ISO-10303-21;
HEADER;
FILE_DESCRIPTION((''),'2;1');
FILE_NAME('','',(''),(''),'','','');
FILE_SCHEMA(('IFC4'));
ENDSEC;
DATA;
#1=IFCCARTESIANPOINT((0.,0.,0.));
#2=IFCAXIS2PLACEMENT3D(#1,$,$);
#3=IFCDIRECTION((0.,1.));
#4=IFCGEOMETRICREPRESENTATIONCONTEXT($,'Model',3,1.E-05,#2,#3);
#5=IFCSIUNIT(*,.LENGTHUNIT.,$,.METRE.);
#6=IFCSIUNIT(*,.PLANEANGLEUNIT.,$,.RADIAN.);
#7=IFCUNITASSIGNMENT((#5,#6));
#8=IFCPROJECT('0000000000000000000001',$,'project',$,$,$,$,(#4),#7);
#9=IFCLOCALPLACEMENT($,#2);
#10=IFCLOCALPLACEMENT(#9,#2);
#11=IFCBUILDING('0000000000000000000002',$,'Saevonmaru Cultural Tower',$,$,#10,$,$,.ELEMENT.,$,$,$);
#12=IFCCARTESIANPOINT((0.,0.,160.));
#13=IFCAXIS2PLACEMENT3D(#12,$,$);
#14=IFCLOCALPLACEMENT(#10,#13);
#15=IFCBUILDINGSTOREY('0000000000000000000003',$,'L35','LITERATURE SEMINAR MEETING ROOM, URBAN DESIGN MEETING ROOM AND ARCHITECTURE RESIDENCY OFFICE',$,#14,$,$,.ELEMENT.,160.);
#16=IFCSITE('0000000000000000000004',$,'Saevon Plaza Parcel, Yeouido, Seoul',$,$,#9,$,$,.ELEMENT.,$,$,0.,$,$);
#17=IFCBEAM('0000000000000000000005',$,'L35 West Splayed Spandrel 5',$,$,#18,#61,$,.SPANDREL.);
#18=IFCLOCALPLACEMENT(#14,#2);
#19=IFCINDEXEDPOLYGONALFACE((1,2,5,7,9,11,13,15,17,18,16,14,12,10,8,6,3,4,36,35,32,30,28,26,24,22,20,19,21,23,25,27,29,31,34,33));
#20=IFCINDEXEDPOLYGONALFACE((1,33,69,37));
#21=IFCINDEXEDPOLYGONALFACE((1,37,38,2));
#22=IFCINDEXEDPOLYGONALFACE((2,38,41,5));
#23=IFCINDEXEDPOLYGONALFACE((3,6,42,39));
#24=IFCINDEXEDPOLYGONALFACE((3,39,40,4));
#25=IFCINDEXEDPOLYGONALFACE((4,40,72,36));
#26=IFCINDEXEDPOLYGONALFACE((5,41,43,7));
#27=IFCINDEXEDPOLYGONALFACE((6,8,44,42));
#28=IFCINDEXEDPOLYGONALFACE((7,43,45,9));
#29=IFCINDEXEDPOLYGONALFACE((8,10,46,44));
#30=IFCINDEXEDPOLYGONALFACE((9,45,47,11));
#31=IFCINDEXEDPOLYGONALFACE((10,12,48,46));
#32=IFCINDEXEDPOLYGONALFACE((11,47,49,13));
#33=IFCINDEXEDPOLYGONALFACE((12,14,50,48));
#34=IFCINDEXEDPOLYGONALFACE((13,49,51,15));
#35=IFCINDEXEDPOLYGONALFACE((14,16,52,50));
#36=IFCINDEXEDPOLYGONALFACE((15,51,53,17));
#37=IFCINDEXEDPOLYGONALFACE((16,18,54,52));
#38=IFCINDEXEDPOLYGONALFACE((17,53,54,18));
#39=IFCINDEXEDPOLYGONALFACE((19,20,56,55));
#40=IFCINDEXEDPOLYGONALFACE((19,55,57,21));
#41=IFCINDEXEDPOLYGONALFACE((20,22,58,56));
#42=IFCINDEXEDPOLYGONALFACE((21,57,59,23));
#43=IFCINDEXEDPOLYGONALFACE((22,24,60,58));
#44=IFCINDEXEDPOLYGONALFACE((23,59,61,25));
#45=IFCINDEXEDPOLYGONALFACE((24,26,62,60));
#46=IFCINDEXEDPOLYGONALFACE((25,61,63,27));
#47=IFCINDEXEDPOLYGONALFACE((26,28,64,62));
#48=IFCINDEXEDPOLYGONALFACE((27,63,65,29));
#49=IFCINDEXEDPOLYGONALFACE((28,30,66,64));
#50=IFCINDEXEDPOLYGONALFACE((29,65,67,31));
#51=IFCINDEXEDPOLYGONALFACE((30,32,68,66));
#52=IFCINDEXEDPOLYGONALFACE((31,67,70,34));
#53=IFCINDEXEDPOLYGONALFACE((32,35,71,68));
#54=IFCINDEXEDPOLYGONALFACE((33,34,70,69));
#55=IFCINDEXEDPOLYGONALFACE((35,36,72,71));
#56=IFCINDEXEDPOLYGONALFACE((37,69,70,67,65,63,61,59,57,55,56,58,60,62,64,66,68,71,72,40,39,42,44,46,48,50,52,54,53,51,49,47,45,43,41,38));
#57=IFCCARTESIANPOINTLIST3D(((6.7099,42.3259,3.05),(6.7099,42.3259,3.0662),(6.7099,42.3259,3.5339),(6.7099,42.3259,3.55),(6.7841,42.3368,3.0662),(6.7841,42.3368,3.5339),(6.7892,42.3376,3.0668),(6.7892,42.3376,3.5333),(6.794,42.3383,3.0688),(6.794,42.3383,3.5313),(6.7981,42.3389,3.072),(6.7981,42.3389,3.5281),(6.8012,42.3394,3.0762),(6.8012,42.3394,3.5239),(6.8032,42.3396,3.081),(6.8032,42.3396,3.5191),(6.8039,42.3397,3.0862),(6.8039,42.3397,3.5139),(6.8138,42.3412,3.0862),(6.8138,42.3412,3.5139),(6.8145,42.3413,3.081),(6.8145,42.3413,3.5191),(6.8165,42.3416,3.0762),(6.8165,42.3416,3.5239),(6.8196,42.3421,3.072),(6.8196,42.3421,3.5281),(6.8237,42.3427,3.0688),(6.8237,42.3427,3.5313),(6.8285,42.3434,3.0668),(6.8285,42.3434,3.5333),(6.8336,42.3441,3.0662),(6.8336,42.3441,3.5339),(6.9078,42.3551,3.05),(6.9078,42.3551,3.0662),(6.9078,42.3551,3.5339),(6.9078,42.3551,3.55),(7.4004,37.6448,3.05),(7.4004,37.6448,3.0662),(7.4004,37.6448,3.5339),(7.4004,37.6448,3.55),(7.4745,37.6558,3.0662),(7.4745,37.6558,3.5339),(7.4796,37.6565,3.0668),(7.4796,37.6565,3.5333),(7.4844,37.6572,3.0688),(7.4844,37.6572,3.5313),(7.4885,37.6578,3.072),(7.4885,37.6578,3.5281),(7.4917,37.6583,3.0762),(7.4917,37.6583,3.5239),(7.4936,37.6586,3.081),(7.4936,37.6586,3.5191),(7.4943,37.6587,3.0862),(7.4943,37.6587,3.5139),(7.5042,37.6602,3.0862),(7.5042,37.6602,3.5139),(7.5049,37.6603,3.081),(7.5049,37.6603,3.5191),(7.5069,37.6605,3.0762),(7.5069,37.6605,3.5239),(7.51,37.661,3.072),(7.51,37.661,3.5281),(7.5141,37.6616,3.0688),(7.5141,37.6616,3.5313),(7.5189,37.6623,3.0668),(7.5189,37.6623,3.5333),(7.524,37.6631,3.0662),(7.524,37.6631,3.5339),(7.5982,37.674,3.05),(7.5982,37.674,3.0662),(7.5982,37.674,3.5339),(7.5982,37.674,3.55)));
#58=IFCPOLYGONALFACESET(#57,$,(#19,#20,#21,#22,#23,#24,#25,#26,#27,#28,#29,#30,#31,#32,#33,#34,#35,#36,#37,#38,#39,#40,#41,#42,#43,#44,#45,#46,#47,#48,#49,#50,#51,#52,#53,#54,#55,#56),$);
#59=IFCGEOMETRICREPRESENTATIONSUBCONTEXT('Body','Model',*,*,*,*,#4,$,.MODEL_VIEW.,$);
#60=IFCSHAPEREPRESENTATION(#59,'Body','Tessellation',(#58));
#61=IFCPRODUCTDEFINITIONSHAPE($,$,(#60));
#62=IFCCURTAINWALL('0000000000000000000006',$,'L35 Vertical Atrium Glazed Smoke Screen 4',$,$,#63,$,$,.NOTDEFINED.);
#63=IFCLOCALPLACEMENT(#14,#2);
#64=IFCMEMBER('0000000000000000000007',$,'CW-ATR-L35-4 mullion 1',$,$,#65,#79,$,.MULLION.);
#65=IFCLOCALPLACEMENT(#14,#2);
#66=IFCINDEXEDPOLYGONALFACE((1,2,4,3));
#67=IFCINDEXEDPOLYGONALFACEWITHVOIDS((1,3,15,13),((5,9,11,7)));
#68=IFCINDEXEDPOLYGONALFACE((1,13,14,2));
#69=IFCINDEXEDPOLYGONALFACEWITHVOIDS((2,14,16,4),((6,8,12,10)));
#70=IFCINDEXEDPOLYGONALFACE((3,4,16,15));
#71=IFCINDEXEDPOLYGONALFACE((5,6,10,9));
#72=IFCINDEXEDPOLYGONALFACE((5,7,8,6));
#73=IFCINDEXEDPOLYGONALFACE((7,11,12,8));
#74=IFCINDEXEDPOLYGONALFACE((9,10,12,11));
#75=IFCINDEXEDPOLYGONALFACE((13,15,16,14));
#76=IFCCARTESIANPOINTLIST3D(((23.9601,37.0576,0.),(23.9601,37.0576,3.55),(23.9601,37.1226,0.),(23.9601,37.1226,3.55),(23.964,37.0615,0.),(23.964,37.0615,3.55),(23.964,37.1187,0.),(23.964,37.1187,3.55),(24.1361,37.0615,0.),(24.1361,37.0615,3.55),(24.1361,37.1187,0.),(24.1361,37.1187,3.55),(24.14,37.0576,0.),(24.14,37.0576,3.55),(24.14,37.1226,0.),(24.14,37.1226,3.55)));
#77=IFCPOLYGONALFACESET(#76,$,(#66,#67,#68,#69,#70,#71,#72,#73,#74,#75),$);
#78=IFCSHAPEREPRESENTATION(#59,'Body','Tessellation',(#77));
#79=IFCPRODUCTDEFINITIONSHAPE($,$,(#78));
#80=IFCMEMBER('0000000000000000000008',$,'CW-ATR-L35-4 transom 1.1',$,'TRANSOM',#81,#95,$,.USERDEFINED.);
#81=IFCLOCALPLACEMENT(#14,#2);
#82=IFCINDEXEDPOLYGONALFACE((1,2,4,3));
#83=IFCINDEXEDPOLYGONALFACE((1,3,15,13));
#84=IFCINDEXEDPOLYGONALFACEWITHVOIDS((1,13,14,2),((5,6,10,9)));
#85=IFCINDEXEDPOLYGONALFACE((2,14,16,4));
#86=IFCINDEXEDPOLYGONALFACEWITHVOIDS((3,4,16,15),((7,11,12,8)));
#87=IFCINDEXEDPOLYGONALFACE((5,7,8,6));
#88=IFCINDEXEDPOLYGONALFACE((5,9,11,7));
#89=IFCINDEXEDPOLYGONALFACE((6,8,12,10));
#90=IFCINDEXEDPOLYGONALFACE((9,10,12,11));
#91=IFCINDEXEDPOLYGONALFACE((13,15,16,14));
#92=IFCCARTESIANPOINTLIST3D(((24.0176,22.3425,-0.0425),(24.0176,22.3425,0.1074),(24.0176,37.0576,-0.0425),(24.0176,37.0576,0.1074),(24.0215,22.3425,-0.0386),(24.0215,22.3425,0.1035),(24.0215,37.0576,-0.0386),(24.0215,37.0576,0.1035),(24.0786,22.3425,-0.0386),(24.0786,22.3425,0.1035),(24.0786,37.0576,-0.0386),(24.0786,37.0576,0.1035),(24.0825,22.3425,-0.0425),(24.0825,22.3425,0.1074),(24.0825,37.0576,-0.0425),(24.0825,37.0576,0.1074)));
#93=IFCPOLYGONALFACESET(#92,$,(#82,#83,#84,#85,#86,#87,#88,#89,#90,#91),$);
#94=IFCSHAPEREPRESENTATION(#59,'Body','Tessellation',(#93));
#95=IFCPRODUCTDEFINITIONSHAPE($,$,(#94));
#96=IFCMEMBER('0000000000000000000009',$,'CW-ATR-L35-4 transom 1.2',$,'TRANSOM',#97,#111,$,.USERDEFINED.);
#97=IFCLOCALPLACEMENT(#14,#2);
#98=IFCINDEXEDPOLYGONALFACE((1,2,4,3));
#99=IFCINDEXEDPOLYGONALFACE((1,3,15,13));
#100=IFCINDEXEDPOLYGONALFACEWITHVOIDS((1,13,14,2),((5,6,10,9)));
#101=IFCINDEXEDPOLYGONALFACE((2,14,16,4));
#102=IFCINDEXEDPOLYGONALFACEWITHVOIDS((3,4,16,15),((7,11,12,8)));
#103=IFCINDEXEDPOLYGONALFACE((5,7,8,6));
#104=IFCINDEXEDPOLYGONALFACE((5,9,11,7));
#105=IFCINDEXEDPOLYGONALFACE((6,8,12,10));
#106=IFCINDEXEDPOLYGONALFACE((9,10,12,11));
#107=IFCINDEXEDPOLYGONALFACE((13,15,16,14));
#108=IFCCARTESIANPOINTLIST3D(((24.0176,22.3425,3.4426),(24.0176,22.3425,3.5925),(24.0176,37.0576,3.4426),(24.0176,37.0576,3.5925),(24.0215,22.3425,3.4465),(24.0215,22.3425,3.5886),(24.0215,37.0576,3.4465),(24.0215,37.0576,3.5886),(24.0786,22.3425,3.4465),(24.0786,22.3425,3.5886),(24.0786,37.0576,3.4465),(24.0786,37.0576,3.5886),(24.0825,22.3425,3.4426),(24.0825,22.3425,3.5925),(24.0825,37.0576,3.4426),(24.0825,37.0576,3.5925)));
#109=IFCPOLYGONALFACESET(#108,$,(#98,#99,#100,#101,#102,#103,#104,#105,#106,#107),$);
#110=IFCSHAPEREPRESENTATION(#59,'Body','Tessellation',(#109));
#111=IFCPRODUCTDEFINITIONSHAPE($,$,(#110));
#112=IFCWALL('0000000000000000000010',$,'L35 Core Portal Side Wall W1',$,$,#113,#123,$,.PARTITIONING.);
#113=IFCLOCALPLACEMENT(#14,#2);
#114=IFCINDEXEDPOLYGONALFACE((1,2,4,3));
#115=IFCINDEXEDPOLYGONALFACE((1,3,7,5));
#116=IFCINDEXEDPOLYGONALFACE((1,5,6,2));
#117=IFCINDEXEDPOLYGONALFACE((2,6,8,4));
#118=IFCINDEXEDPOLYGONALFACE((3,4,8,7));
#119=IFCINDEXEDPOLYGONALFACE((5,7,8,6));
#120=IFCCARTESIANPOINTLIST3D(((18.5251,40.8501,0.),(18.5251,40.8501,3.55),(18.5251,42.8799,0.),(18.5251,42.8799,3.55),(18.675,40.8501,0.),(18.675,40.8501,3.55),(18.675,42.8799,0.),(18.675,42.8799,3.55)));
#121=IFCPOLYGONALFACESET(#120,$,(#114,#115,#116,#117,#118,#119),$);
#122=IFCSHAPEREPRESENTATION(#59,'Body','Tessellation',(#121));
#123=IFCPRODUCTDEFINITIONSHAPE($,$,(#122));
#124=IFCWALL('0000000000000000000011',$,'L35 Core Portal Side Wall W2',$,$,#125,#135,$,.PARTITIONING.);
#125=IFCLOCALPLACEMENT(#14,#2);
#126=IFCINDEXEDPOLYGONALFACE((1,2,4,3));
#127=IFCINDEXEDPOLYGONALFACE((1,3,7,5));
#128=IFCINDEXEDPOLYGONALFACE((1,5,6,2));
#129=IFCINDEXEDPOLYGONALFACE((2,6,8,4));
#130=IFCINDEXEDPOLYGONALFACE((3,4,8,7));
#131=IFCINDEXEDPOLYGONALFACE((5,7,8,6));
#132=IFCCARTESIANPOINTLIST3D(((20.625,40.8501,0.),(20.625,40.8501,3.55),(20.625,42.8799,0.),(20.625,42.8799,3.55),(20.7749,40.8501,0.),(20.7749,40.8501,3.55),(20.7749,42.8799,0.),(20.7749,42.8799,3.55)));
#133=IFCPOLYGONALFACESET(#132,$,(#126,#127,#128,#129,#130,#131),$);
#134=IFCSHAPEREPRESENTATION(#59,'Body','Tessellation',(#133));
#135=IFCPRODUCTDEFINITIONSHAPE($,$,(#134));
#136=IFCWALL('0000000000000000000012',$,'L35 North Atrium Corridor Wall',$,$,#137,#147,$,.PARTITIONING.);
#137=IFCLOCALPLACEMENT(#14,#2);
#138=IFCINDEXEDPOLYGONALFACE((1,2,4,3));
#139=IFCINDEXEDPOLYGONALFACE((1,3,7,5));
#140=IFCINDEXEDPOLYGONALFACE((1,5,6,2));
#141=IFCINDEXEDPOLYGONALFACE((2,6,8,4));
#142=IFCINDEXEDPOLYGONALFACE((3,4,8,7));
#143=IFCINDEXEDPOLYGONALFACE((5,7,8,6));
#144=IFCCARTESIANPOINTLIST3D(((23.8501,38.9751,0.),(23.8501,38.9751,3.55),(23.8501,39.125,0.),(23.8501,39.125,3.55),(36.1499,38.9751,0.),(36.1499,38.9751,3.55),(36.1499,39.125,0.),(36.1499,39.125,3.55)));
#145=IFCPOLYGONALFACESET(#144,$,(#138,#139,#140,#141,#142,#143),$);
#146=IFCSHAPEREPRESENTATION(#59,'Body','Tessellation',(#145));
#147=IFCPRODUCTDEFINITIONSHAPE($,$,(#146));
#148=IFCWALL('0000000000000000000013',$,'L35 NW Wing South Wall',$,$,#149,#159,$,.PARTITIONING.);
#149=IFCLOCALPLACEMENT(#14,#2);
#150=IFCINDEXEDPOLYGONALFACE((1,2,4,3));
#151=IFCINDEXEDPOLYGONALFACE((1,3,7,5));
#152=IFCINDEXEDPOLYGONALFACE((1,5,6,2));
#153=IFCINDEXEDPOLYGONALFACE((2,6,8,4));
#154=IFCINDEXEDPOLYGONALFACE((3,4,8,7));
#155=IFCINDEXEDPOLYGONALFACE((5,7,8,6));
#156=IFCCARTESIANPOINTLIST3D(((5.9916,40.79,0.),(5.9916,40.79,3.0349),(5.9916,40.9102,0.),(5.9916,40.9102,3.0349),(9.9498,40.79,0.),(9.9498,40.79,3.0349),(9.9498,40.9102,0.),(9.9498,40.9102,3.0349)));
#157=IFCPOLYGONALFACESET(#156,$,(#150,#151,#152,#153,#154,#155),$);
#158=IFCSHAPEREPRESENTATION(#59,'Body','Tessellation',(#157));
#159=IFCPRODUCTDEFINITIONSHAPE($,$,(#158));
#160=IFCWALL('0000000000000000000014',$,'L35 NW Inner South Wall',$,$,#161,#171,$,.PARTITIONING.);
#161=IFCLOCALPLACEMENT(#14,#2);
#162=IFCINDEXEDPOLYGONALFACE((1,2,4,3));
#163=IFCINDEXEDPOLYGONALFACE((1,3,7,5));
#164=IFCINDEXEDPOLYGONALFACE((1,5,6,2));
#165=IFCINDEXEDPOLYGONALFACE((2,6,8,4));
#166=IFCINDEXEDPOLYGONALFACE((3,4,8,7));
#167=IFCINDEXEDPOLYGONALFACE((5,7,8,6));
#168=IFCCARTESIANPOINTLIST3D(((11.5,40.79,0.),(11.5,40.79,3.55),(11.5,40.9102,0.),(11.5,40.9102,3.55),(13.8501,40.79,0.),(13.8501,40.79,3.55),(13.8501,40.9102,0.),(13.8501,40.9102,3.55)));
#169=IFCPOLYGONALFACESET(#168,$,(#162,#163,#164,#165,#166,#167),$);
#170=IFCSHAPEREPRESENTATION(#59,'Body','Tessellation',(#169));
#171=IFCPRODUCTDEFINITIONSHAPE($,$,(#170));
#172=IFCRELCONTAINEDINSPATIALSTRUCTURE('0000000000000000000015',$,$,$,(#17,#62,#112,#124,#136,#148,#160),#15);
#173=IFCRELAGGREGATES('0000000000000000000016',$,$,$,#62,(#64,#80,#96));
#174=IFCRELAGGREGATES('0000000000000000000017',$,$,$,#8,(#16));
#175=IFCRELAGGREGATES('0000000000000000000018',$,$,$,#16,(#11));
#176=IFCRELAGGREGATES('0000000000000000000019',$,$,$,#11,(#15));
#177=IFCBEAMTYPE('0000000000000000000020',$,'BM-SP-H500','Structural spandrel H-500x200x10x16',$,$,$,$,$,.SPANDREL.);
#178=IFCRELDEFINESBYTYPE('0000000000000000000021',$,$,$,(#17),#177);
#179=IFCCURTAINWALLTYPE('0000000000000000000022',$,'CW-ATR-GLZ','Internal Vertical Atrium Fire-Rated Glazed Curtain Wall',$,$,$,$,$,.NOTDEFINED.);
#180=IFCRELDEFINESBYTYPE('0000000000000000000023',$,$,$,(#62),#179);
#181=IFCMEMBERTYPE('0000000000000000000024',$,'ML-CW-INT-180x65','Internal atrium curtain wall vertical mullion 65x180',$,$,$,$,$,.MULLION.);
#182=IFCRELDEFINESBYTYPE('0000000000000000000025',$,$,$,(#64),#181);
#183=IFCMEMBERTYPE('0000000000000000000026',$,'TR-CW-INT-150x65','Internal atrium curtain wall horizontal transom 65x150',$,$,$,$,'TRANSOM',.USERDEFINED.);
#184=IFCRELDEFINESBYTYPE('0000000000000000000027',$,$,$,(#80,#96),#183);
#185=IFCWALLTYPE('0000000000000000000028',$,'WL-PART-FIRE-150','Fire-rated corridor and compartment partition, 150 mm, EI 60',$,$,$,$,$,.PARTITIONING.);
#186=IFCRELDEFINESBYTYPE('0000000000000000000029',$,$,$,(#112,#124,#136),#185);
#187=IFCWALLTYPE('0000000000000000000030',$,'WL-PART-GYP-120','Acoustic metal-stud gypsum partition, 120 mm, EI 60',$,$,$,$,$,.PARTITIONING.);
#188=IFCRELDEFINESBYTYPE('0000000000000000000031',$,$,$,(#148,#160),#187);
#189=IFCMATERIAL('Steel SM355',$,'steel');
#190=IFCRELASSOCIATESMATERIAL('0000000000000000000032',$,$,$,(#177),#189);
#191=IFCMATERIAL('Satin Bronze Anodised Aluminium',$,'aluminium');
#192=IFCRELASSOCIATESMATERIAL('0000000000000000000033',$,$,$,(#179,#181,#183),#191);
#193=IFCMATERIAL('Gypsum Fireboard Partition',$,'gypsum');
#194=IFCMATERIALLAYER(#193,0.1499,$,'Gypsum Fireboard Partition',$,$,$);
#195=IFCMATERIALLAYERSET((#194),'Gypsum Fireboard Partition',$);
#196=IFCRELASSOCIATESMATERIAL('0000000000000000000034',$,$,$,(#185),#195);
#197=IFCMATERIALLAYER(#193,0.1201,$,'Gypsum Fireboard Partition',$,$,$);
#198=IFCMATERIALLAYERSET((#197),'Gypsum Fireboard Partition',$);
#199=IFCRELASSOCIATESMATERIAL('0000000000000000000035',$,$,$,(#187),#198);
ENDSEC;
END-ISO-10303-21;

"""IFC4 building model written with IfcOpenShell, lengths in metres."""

from ifc_helpers import new_model, si_unit, direction, frame, frame_2d, origin, origin_2d, place, context, subcontext, project, spatial, rectangle, hollow_rectangle, i_section, extrude, material, layer, layer_set, material_profile, profile_set, type_object, element, aggregate, save


model = new_model("IFC4")

# Units and contexts
model_context = context("Model", 3, precision=1e-05, world=origin(), true_north=direction((0.0, 1.0)))
body_context = subcontext(model_context, "Body", "Model", "MODEL_VIEW")
ifc_project = project(units=[si_unit("LENGTHUNIT", "METRE"), si_unit("PLANEANGLEUNIT", "RADIAN")], contexts=[model_context])

# Site, building, storey
site_placement = place(None, origin())
site = spatial("IfcSite", under=ifc_project, at=site_placement, Name="Saevon Plaza Parcel, Yeouido, Seoul", CompositionType="ELEMENT", RefElevation=0.0)
building_placement = place(site_placement, origin())
building = spatial("IfcBuilding", under=site, at=building_placement, Name="Saevonmaru Cultural Tower", CompositionType="ELEMENT")
storey_placement = place(building_placement, frame((0.0, 0.0, 160.0)))
storey = spatial("IfcBuildingStorey", under=building, at=storey_placement, Name="L35", Description="LITERATURE SEMINAR MEETING ROOM, URBAN DESIGN MEETING ROOM AND ARCHITECTURE RESIDENCY OFFICE", CompositionType="ELEMENT", Elevation=160.0)

# Shared definitions
ifc_material_1 = material(Name="Steel SM355", Category="steel")

# Beam
ifc_material_profile_1 = material_profile(ifc_material_1, i_section(OverallWidth=0.2, OverallDepth=0.5, WebThickness=0.01, FlangeThickness=0.0161, FilletRadius=0.02, at=origin_2d()), Name="H-500x200x10x16")
ifc_profile_set_1 = profile_set([ifc_material_profile_1], Name="Steel SM355")
beam_type_1 = type_object("IfcBeamType", Name="BM-SP-H500", Description="Structural spandrel H-500x200x10x16", PredefinedType="SPANDREL", material=ifc_profile_set_1)
beam_1_placement = place(storey_placement, frame((7.4993, 37.6594, 3.3), z_axis=(-0.145913, 0.989297, 0.0), x_axis=(-0.989297, -0.145913, 0.0)))
element("IfcBeam", 1, at=beam_1_placement, inside=storey, type_object=beam_type_1, Name="L35 West Splayed Spandrel 5", PredefinedType="SPANDREL", context=body_context, shape_type="SweptSolid", body=[
    extrude(i_section(OverallWidth=0.2, OverallDepth=0.5, WebThickness=0.01, FlangeThickness=0.0161, FilletRadius=0.02, at=origin_2d()), origin(), (0.0, 0.0, 1.0), 4.7317),
])

# Curtain wall, members
ifc_material_2 = material(Name="Satin Bronze Anodised Aluminium", Category="aluminium")
curtain_wall_type = type_object("IfcCurtainWallType", Name="CW-ATR-GLZ", Description="Internal Vertical Atrium Fire-Rated Glazed Curtain Wall", PredefinedType="NOTDEFINED", material=ifc_material_2)
curtain_wall_placement = place(storey_placement, origin())
curtain_wall = element("IfcCurtainWall", 2, at=curtain_wall_placement, inside=storey, type_object=curtain_wall_type, Name="L35 Vertical Atrium Glazed Smoke Screen 4", PredefinedType="NOTDEFINED")
ifc_material_profile_2 = material_profile(ifc_material_2, hollow_rectangle(XDim=0.0649, YDim=0.1799, WallThickness=0.0039, at=origin_2d()), Name="ALU-MULL-180x65x4")
ifc_profile_set_2 = profile_set([ifc_material_profile_2], Name="Satin Bronze Anodised Aluminium")
member_type_1 = type_object("IfcMemberType", Name="ML-CW-INT-180x65", Description="Internal atrium curtain wall vertical mullion 65x180", PredefinedType="MULLION", material=ifc_profile_set_2)
member_1_placement = place(storey_placement, frame((24.05, 37.0901, 0.0), z_axis=(0.0, 0.0, 1.0), x_axis=(0.0, -1.0, 0.0)))
member_1 = element("IfcMember", 3, at=member_1_placement, type_object=member_type_1, Name="CW-ATR-L35-4 mullion 1", PredefinedType="MULLION", context=body_context, shape_type="SweptSolid", body=[
    extrude(hollow_rectangle(XDim=0.0649, YDim=0.1799, WallThickness=0.0039, at=origin_2d()), origin(), (0.0, 0.0, 1.0), 3.55),
])
ifc_material_profile_3 = material_profile(ifc_material_2, hollow_rectangle(XDim=0.0649, YDim=0.1499, WallThickness=0.0039, at=origin_2d()), Name="ALU-TRAN-150x65x4")
ifc_profile_set_3 = profile_set([ifc_material_profile_3], Name="Satin Bronze Anodised Aluminium")
member_type_2 = type_object("IfcMemberType", Name="TR-CW-INT-150x65", Description="Internal atrium curtain wall horizontal transom 65x150", ElementType="TRANSOM", PredefinedType="USERDEFINED", material=ifc_profile_set_3)
member_2_placement = place(storey_placement, frame((24.05, 37.0576, 0.0325), z_axis=(0.0, -1.0, 0.0), x_axis=(1.0, 0.0, 0.0)))
member_2 = element("IfcMember", 4, at=member_2_placement, type_object=member_type_2, Name="CW-ATR-L35-4 transom 1.1", ObjectType="TRANSOM", PredefinedType="USERDEFINED", context=body_context, shape_type="SweptSolid", body=[
    extrude(hollow_rectangle(XDim=0.0649, YDim=0.1499, WallThickness=0.0039, at=origin_2d()), origin(), (0.0, 0.0, 1.0), 14.7151),
])
member_3_placement = place(storey_placement, frame((24.05, 37.0576, 3.5176), z_axis=(0.0, -1.0, 0.0), x_axis=(1.0, 0.0, 0.0)))
member_3 = element("IfcMember", 5, at=member_3_placement, type_object=member_type_2, Name="CW-ATR-L35-4 transom 1.2", ObjectType="TRANSOM", PredefinedType="USERDEFINED", context=body_context, shape_type="SweptSolid", body=[
    extrude(hollow_rectangle(XDim=0.0649, YDim=0.1499, WallThickness=0.0039, at=origin_2d()), origin(), (0.0, 0.0, 1.0), 14.7151),
])
aggregate(curtain_wall, [member_1, member_2, member_3])

# Walls
ifc_material_3 = material(Name="Gypsum Fireboard Partition", Category="gypsum")
ifc_layer_1 = layer(ifc_material_3, 0.1499, Name="Gypsum Fireboard Partition")
ifc_layer_set_1 = layer_set([ifc_layer_1], Name="Gypsum Fireboard Partition")
wall_type_1 = type_object("IfcWallType", Name="WL-PART-FIRE-150", Description="Fire-rated corridor and compartment partition, 150 mm, EI 60", PredefinedType="PARTITIONING", material=ifc_layer_set_1)
for number, where, z_axis, x_axis, name in (
    (6, (18.6001, 40.8501, 0.0), (0.0, 0.0, 1.0), (0.0, 1.0, 0.0), "L35 Core Portal Side Wall W1"),
    (7, (20.7, 40.8501, 0.0), (0.0, 0.0, 1.0), (0.0, 1.0, 0.0), "L35 Core Portal Side Wall W2"),
):
    element("IfcWall", number, at=place(storey_placement, frame(where, z_axis=z_axis, x_axis=x_axis)), inside=storey, type_object=wall_type_1, Name=name, PredefinedType="PARTITIONING", context=body_context, shape_type="SweptSolid", body=[
        extrude(rectangle(XDim=2.0298, YDim=0.1499, at=frame_2d((1.0149, 0.0))), origin(), (0.0, 0.0, 1.0), 3.55),
    ])
wall_1_placement = place(storey_placement, frame((23.8501, 39.05, 0.0), z_axis=(0.0, 0.0, 1.0), x_axis=(1.0, 0.0, 0.0)))
element("IfcWall", 8, at=wall_1_placement, inside=storey, type_object=wall_type_1, Name="L35 North Atrium Corridor Wall", PredefinedType="PARTITIONING", context=body_context, shape_type="SweptSolid", body=[
    extrude(rectangle(XDim=12.2998, YDim=0.1499, at=frame_2d((6.1499, 0.0))), origin(), (0.0, 0.0, 1.0), 3.55),
])
ifc_layer_2 = layer(ifc_material_3, 0.1201, Name="Gypsum Fireboard Partition")
ifc_layer_set_2 = layer_set([ifc_layer_2], Name="Gypsum Fireboard Partition")
wall_type_2 = type_object("IfcWallType", Name="WL-PART-GYP-120", Description="Acoustic metal-stud gypsum partition, 120 mm, EI 60", PredefinedType="PARTITIONING", material=ifc_layer_set_2)
wall_2_placement = place(storey_placement, frame((5.9917, 40.8501, 0.0), z_axis=(0.0, 0.0, 1.0), x_axis=(1.0, 0.0, 0.0)))
element("IfcWall", 9, at=wall_2_placement, inside=storey, type_object=wall_type_2, Name="L35 NW Wing South Wall", PredefinedType="PARTITIONING", context=body_context, shape_type="SweptSolid", body=[
    extrude(rectangle(XDim=3.9583, YDim=0.1201, at=frame_2d((1.979, 0.0))), origin(), (0.0, 0.0, 1.0), 3.0349),
])
wall_3_placement = place(storey_placement, frame((11.5, 40.8501, 0.0), z_axis=(0.0, 0.0, 1.0), x_axis=(1.0, 0.0, 0.0)))
element("IfcWall", 10, at=wall_3_placement, inside=storey, type_object=wall_type_2, Name="L35 NW Inner South Wall", PredefinedType="PARTITIONING", context=body_context, shape_type="SweptSolid", body=[
    extrude(rectangle(XDim=2.3501, YDim=0.1201, at=frame_2d((1.175, 0.0))), origin(), (0.0, 0.0, 1.0), 3.55),
])

save(model, "model.ifc")
